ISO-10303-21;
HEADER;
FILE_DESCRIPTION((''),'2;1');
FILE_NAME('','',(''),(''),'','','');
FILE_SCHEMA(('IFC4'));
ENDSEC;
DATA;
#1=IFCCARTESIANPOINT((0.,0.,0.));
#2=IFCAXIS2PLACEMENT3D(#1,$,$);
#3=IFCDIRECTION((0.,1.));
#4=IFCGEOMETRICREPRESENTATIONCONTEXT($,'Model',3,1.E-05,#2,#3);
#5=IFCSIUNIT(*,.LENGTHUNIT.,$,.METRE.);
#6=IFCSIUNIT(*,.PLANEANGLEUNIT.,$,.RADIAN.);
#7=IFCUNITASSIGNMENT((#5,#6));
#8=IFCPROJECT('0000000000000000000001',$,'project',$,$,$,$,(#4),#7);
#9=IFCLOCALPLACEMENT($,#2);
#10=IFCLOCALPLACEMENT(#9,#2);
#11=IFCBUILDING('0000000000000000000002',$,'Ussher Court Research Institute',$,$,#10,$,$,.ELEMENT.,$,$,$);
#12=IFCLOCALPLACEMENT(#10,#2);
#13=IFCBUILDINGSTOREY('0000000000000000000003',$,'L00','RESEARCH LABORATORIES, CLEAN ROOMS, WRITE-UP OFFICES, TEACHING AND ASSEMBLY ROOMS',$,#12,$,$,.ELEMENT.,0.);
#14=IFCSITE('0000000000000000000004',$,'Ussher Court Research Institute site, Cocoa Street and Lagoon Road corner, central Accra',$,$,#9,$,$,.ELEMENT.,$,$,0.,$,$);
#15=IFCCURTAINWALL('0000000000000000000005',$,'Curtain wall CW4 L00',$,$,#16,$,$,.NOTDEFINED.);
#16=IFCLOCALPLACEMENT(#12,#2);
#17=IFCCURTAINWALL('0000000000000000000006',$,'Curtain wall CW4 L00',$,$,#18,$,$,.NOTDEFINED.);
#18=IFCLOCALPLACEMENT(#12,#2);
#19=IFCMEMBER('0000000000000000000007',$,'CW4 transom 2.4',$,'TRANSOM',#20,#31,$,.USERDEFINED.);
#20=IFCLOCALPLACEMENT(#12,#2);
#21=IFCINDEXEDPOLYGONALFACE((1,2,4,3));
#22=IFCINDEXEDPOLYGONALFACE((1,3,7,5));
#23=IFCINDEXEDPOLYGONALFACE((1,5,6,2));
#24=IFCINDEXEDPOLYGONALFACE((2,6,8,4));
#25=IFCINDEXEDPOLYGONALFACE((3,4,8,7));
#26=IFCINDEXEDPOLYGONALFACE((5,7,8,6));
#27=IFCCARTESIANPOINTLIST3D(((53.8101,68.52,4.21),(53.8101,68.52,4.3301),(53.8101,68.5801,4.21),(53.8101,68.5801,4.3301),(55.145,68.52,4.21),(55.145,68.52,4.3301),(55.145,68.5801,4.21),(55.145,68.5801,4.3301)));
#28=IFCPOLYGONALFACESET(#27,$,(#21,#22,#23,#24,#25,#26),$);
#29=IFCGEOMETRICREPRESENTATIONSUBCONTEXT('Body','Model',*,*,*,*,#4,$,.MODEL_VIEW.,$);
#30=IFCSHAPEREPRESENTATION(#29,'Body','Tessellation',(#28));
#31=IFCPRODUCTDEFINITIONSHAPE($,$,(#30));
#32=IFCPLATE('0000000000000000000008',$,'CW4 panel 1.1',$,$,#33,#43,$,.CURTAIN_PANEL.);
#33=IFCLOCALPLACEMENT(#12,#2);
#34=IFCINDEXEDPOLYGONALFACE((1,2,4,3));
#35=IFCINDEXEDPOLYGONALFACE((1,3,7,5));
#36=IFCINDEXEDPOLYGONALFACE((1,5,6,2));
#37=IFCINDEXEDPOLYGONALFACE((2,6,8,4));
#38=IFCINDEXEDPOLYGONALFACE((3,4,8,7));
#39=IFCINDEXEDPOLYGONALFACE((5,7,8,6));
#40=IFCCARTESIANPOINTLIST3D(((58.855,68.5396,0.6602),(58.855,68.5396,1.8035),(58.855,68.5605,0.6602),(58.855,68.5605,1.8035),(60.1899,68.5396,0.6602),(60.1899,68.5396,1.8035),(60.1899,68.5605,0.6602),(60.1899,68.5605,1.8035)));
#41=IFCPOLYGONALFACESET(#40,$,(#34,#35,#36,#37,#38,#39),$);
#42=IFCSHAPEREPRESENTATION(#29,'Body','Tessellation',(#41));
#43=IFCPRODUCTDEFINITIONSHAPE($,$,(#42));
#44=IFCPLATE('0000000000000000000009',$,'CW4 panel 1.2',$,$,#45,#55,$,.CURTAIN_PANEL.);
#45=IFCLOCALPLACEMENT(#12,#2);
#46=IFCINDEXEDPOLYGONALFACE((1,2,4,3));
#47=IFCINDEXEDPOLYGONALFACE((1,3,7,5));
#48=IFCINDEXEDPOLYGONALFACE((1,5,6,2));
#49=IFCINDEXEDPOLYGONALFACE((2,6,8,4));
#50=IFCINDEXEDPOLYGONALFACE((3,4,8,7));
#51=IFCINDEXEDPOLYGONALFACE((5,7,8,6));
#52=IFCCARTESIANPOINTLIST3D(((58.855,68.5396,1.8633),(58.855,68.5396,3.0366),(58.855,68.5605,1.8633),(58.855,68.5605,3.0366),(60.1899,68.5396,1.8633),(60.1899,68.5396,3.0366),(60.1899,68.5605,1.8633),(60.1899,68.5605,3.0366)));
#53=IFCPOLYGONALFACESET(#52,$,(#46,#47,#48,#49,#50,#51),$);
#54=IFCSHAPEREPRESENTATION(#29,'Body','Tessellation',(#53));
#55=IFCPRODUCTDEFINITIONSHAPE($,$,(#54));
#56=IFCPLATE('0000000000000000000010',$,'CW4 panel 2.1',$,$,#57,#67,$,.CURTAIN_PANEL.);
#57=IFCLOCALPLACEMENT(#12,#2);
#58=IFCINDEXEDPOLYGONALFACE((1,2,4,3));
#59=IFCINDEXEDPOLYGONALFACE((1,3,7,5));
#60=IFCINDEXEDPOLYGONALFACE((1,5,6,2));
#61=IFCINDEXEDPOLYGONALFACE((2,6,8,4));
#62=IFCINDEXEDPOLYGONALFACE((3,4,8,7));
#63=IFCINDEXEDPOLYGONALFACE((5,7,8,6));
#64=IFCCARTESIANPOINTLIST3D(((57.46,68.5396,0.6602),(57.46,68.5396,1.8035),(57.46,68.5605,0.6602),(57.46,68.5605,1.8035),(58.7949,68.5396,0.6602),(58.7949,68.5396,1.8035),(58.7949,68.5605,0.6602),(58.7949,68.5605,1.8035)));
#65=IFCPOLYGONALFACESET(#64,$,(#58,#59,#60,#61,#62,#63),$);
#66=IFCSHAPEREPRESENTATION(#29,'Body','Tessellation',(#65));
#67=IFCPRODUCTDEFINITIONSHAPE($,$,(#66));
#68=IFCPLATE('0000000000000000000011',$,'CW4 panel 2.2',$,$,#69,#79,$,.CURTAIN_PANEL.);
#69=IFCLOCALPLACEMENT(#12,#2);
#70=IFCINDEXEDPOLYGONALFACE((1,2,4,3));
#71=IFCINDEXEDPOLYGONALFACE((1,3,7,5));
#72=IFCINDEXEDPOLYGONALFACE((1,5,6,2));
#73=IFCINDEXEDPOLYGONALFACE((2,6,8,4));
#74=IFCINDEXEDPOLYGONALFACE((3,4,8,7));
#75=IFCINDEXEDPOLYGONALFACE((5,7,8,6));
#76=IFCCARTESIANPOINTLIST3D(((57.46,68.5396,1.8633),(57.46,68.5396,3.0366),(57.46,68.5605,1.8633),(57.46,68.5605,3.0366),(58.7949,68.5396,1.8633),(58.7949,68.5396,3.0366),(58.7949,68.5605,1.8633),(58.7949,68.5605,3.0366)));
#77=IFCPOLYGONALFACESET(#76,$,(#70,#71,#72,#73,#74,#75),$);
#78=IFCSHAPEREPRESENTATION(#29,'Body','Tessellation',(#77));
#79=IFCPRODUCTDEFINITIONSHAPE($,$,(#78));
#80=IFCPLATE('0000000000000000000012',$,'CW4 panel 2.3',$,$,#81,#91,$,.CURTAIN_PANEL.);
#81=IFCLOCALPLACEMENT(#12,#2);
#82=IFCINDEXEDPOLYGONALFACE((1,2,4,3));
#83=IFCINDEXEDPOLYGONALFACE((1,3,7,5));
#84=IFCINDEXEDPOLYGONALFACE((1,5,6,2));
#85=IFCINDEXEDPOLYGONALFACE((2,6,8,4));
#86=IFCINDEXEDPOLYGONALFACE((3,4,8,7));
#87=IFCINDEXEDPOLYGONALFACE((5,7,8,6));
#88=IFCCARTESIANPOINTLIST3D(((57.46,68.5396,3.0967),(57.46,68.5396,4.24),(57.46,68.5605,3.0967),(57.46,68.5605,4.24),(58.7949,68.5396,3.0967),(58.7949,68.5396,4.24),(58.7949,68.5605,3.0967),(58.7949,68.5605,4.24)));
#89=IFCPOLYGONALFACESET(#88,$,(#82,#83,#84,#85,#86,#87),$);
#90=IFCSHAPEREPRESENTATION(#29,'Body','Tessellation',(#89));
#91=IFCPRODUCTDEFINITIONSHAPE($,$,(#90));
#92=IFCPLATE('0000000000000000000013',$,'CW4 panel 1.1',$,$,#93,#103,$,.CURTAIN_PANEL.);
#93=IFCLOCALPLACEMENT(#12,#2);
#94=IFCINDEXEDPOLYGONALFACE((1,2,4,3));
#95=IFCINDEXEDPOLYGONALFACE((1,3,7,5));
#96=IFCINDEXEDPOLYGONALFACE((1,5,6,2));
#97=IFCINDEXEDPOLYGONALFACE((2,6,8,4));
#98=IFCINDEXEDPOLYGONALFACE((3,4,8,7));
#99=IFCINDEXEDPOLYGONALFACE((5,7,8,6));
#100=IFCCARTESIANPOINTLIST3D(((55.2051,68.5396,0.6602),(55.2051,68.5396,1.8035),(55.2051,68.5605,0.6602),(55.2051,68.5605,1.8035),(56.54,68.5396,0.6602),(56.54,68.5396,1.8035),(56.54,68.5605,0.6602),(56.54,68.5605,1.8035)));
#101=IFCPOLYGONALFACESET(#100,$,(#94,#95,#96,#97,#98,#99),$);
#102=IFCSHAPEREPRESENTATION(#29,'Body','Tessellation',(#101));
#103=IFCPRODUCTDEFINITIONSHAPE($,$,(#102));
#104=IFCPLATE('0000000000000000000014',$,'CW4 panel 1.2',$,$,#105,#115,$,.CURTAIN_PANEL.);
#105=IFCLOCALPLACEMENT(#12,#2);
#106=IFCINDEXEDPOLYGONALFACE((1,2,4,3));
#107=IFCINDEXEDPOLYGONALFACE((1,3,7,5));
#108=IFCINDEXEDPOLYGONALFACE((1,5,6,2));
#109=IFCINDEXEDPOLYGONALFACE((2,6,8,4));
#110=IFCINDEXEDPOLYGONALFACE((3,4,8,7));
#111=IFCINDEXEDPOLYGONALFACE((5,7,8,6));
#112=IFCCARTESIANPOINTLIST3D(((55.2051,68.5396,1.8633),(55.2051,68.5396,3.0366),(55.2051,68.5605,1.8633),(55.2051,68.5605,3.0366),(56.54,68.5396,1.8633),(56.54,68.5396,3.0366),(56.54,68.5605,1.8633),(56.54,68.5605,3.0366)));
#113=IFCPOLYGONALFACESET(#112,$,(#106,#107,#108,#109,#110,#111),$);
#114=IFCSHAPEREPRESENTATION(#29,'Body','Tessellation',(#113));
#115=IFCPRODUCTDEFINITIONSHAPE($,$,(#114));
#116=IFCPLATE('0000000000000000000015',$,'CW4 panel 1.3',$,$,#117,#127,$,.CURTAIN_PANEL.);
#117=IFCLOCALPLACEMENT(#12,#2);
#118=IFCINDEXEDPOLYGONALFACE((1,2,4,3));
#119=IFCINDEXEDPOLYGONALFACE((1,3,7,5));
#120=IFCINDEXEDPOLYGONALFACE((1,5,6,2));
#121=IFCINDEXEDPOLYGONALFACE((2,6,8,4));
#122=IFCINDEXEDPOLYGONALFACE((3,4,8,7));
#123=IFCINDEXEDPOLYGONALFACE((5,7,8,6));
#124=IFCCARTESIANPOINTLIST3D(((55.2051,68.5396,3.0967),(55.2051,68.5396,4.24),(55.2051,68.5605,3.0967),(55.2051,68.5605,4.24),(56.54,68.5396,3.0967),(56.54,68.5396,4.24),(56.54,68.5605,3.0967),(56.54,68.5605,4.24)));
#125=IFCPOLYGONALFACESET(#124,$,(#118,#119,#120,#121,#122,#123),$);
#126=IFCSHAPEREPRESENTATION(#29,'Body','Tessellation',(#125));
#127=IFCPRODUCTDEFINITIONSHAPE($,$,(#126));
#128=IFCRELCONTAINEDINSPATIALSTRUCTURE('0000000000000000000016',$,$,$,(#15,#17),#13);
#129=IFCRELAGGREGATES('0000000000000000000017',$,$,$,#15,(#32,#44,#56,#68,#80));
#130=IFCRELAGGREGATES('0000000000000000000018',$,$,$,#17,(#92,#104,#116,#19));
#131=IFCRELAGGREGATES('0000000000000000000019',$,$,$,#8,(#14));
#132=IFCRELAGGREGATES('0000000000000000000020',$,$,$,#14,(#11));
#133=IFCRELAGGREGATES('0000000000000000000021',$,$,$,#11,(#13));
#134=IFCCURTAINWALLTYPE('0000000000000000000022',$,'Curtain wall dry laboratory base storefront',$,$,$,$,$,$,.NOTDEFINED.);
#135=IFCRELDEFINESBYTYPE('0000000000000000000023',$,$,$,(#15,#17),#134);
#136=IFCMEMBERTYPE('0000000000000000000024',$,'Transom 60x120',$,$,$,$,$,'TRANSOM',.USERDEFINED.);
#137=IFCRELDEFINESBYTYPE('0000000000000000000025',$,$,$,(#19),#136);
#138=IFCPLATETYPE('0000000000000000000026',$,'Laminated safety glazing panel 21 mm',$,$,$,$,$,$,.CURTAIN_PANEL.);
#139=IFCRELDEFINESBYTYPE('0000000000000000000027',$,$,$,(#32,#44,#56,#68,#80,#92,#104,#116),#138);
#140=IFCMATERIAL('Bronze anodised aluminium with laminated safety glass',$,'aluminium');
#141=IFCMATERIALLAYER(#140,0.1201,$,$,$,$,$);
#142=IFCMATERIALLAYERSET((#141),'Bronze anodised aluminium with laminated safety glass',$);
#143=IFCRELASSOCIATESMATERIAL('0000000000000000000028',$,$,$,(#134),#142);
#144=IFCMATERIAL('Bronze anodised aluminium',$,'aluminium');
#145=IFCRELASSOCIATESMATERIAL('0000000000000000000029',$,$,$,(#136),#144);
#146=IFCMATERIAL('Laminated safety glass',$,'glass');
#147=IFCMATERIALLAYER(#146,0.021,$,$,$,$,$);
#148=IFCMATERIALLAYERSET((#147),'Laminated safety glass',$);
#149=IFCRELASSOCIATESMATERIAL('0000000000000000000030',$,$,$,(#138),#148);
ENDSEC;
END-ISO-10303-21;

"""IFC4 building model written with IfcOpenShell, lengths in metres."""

from ifc_helpers import new_model, si_unit, direction, frame, origin, origin_2d, place, context, subcontext, project, spatial, rectangle, extrude, material, layer, layer_set, material_profile, profile_set, type_object, element, aggregate, save


model = new_model("IFC4")

# Units and contexts
model_context = context("Model", 3, precision=1e-05, world=origin(), true_north=direction((0.0, 1.0)))
body_context = subcontext(model_context, "Body", "Model", "MODEL_VIEW")
ifc_project = project(units=[si_unit("LENGTHUNIT", "METRE"), si_unit("PLANEANGLEUNIT", "RADIAN")], contexts=[model_context])

# Site, building, storey
site_placement = place(None, origin())
site = spatial("IfcSite", under=ifc_project, at=site_placement, Name="Ussher Court Research Institute site, Cocoa Street and Lagoon Road corner, central Accra", CompositionType="ELEMENT", RefElevation=0.0)
building_placement = place(site_placement, origin())
building = spatial("IfcBuilding", under=site, at=building_placement, Name="Ussher Court Research Institute", CompositionType="ELEMENT")
storey_placement = place(building_placement, origin())
storey = spatial("IfcBuildingStorey", under=building, at=storey_placement, Name="L00", Description="RESEARCH LABORATORIES, CLEAN ROOMS, WRITE-UP OFFICES, TEACHING AND ASSEMBLY ROOMS", CompositionType="ELEMENT", Elevation=0.0)

# Curtain walls
ifc_material_1 = material(Name="Bronze anodised aluminium with laminated safety glass", Category="aluminium")
ifc_layer_1 = layer(ifc_material_1, 0.1201)
ifc_layer_set_1 = layer_set([ifc_layer_1], Name="Bronze anodised aluminium with laminated safety glass")
curtain_wall_type = type_object("IfcCurtainWallType", Name="Curtain wall dry laboratory base storefront", PredefinedType="NOTDEFINED", material=ifc_layer_set_1)
curtain_wall_1_placement = place(storey_placement, origin())
curtain_wall_1 = element("IfcCurtainWall", 1, at=curtain_wall_1_placement, inside=storey, type_object=curtain_wall_type, Name="Curtain wall CW4 L00", PredefinedType="NOTDEFINED")
curtain_wall_2_placement = place(storey_placement, origin())
curtain_wall_2 = element("IfcCurtainWall", 2, at=curtain_wall_2_placement, inside=storey, type_object=curtain_wall_type, Name="Curtain wall CW4 L00", PredefinedType="NOTDEFINED")

# Member
ifc_material_2 = material(Name="Bronze anodised aluminium", Category="aluminium")
ifc_material_profile_1 = material_profile(ifc_material_2, rectangle(XDim=0.0601, YDim=0.1201, at=origin_2d()), Name="Transom 60x120")
ifc_profile_set_1 = profile_set([ifc_material_profile_1], Name="Bronze anodised aluminium")
member_type_1 = type_object("IfcMemberType", Name="Transom 60x120", ElementType="TRANSOM", PredefinedType="USERDEFINED", material=ifc_profile_set_1)
member_1_placement = place(storey_placement, frame((55.145, 68.55, 4.27), z_axis=(-1.0, 0.0, 0.0), x_axis=(0.0, -1.0, 0.0)))
member_1 = element("IfcMember", 3, at=member_1_placement, type_object=member_type_1, Name="CW4 transom 2.4", ObjectType="TRANSOM", PredefinedType="USERDEFINED", context=body_context, shape_type="SweptSolid", body=[
    extrude(rectangle(XDim=0.0601, YDim=0.1201, at=origin_2d()), origin(), (0.0, 0.0, 1.0), 1.335),
])

# Plates
ifc_material_3 = material(Name="Laminated safety glass", Category="glass")
ifc_layer_2 = layer(ifc_material_3, 0.021)
ifc_layer_set_2 = layer_set([ifc_layer_2], Name="Laminated safety glass")
plate_type = type_object("IfcPlateType", Name="Laminated safety glazing panel 21 mm", PredefinedType="CURTAIN_PANEL", material=ifc_layer_set_2)
plate_1_placement = place(storey_placement, frame((59.5225, 68.55, 0.6602), z_axis=(0.0, 0.0, 1.0), x_axis=(-1.0, 0.0, 0.0)))
plate_1 = element("IfcPlate", 4, at=plate_1_placement, type_object=plate_type, Name="CW4 panel 1.1", PredefinedType="CURTAIN_PANEL", context=body_context, shape_type="SweptSolid", body=[
    extrude(rectangle(XDim=1.335, YDim=0.021, at=origin_2d()), origin(), (0.0, 0.0, 1.0), 1.1433),
])
plate_2_placement = place(storey_placement, frame((59.5225, 68.55, 1.8633), z_axis=(0.0, 0.0, 1.0), x_axis=(-1.0, 0.0, 0.0)))
plate_2 = element("IfcPlate", 5, at=plate_2_placement, type_object=plate_type, Name="CW4 panel 1.2", PredefinedType="CURTAIN_PANEL", context=body_context, shape_type="SweptSolid", body=[
    extrude(rectangle(XDim=1.335, YDim=0.021, at=origin_2d()), origin(), (0.0, 0.0, 1.0), 1.1733),
])
plate_3_placement = place(storey_placement, frame((58.1274, 68.55, 0.6602), z_axis=(0.0, 0.0, 1.0), x_axis=(-1.0, 0.0, 0.0)))
plate_3 = element("IfcPlate", 6, at=plate_3_placement, type_object=plate_type, Name="CW4 panel 2.1", PredefinedType="CURTAIN_PANEL", context=body_context, shape_type="SweptSolid", body=[
    extrude(rectangle(XDim=1.335, YDim=0.021, at=origin_2d()), origin(), (0.0, 0.0, 1.0), 1.1433),
])
plate_4_placement = place(storey_placement, frame((58.1274, 68.55, 1.8633), z_axis=(0.0, 0.0, 1.0), x_axis=(-1.0, 0.0, 0.0)))
plate_4 = element("IfcPlate", 7, at=plate_4_placement, type_object=plate_type, Name="CW4 panel 2.2", PredefinedType="CURTAIN_PANEL", context=body_context, shape_type="SweptSolid", body=[
    extrude(rectangle(XDim=1.335, YDim=0.021, at=origin_2d()), origin(), (0.0, 0.0, 1.0), 1.1733),
])
plate_5_placement = place(storey_placement, frame((58.1274, 68.55, 3.0967), z_axis=(0.0, 0.0, 1.0), x_axis=(-1.0, 0.0, 0.0)))
plate_5 = element("IfcPlate", 8, at=plate_5_placement, type_object=plate_type, Name="CW4 panel 2.3", PredefinedType="CURTAIN_PANEL", context=body_context, shape_type="SweptSolid", body=[
    extrude(rectangle(XDim=1.335, YDim=0.021, at=origin_2d()), origin(), (0.0, 0.0, 1.0), 1.1433),
])
aggregate(curtain_wall_1, [plate_1, plate_2, plate_3, plate_4, plate_5])
plate_6_placement = place(storey_placement, frame((55.8726, 68.55, 0.6602), z_axis=(0.0, 0.0, 1.0), x_axis=(-1.0, 0.0, 0.0)))
plate_6 = element("IfcPlate", 9, at=plate_6_placement, type_object=plate_type, Name="CW4 panel 1.1", PredefinedType="CURTAIN_PANEL", context=body_context, shape_type="SweptSolid", body=[
    extrude(rectangle(XDim=1.335, YDim=0.021, at=origin_2d()), origin(), (0.0, 0.0, 1.0), 1.1433),
])
plate_7_placement = place(storey_placement, frame((55.8726, 68.55, 1.8633), z_axis=(0.0, 0.0, 1.0), x_axis=(-1.0, 0.0, 0.0)))
plate_7 = element("IfcPlate", 10, at=plate_7_placement, type_object=plate_type, Name="CW4 panel 1.2", PredefinedType="CURTAIN_PANEL", context=body_context, shape_type="SweptSolid", body=[
    extrude(rectangle(XDim=1.335, YDim=0.021, at=origin_2d()), origin(), (0.0, 0.0, 1.0), 1.1733),
])
plate_8_placement = place(storey_placement, frame((55.8726, 68.55, 3.0967), z_axis=(0.0, 0.0, 1.0), x_axis=(-1.0, 0.0, 0.0)))
plate_8 = element("IfcPlate", 11, at=plate_8_placement, type_object=plate_type, Name="CW4 panel 1.3", PredefinedType="CURTAIN_PANEL", context=body_context, shape_type="SweptSolid", body=[
    extrude(rectangle(XDim=1.335, YDim=0.021, at=origin_2d()), origin(), (0.0, 0.0, 1.0), 1.1433),
])
aggregate(curtain_wall_2, [plate_6, plate_7, plate_8, member_1])

save(model, "model.ifc")
